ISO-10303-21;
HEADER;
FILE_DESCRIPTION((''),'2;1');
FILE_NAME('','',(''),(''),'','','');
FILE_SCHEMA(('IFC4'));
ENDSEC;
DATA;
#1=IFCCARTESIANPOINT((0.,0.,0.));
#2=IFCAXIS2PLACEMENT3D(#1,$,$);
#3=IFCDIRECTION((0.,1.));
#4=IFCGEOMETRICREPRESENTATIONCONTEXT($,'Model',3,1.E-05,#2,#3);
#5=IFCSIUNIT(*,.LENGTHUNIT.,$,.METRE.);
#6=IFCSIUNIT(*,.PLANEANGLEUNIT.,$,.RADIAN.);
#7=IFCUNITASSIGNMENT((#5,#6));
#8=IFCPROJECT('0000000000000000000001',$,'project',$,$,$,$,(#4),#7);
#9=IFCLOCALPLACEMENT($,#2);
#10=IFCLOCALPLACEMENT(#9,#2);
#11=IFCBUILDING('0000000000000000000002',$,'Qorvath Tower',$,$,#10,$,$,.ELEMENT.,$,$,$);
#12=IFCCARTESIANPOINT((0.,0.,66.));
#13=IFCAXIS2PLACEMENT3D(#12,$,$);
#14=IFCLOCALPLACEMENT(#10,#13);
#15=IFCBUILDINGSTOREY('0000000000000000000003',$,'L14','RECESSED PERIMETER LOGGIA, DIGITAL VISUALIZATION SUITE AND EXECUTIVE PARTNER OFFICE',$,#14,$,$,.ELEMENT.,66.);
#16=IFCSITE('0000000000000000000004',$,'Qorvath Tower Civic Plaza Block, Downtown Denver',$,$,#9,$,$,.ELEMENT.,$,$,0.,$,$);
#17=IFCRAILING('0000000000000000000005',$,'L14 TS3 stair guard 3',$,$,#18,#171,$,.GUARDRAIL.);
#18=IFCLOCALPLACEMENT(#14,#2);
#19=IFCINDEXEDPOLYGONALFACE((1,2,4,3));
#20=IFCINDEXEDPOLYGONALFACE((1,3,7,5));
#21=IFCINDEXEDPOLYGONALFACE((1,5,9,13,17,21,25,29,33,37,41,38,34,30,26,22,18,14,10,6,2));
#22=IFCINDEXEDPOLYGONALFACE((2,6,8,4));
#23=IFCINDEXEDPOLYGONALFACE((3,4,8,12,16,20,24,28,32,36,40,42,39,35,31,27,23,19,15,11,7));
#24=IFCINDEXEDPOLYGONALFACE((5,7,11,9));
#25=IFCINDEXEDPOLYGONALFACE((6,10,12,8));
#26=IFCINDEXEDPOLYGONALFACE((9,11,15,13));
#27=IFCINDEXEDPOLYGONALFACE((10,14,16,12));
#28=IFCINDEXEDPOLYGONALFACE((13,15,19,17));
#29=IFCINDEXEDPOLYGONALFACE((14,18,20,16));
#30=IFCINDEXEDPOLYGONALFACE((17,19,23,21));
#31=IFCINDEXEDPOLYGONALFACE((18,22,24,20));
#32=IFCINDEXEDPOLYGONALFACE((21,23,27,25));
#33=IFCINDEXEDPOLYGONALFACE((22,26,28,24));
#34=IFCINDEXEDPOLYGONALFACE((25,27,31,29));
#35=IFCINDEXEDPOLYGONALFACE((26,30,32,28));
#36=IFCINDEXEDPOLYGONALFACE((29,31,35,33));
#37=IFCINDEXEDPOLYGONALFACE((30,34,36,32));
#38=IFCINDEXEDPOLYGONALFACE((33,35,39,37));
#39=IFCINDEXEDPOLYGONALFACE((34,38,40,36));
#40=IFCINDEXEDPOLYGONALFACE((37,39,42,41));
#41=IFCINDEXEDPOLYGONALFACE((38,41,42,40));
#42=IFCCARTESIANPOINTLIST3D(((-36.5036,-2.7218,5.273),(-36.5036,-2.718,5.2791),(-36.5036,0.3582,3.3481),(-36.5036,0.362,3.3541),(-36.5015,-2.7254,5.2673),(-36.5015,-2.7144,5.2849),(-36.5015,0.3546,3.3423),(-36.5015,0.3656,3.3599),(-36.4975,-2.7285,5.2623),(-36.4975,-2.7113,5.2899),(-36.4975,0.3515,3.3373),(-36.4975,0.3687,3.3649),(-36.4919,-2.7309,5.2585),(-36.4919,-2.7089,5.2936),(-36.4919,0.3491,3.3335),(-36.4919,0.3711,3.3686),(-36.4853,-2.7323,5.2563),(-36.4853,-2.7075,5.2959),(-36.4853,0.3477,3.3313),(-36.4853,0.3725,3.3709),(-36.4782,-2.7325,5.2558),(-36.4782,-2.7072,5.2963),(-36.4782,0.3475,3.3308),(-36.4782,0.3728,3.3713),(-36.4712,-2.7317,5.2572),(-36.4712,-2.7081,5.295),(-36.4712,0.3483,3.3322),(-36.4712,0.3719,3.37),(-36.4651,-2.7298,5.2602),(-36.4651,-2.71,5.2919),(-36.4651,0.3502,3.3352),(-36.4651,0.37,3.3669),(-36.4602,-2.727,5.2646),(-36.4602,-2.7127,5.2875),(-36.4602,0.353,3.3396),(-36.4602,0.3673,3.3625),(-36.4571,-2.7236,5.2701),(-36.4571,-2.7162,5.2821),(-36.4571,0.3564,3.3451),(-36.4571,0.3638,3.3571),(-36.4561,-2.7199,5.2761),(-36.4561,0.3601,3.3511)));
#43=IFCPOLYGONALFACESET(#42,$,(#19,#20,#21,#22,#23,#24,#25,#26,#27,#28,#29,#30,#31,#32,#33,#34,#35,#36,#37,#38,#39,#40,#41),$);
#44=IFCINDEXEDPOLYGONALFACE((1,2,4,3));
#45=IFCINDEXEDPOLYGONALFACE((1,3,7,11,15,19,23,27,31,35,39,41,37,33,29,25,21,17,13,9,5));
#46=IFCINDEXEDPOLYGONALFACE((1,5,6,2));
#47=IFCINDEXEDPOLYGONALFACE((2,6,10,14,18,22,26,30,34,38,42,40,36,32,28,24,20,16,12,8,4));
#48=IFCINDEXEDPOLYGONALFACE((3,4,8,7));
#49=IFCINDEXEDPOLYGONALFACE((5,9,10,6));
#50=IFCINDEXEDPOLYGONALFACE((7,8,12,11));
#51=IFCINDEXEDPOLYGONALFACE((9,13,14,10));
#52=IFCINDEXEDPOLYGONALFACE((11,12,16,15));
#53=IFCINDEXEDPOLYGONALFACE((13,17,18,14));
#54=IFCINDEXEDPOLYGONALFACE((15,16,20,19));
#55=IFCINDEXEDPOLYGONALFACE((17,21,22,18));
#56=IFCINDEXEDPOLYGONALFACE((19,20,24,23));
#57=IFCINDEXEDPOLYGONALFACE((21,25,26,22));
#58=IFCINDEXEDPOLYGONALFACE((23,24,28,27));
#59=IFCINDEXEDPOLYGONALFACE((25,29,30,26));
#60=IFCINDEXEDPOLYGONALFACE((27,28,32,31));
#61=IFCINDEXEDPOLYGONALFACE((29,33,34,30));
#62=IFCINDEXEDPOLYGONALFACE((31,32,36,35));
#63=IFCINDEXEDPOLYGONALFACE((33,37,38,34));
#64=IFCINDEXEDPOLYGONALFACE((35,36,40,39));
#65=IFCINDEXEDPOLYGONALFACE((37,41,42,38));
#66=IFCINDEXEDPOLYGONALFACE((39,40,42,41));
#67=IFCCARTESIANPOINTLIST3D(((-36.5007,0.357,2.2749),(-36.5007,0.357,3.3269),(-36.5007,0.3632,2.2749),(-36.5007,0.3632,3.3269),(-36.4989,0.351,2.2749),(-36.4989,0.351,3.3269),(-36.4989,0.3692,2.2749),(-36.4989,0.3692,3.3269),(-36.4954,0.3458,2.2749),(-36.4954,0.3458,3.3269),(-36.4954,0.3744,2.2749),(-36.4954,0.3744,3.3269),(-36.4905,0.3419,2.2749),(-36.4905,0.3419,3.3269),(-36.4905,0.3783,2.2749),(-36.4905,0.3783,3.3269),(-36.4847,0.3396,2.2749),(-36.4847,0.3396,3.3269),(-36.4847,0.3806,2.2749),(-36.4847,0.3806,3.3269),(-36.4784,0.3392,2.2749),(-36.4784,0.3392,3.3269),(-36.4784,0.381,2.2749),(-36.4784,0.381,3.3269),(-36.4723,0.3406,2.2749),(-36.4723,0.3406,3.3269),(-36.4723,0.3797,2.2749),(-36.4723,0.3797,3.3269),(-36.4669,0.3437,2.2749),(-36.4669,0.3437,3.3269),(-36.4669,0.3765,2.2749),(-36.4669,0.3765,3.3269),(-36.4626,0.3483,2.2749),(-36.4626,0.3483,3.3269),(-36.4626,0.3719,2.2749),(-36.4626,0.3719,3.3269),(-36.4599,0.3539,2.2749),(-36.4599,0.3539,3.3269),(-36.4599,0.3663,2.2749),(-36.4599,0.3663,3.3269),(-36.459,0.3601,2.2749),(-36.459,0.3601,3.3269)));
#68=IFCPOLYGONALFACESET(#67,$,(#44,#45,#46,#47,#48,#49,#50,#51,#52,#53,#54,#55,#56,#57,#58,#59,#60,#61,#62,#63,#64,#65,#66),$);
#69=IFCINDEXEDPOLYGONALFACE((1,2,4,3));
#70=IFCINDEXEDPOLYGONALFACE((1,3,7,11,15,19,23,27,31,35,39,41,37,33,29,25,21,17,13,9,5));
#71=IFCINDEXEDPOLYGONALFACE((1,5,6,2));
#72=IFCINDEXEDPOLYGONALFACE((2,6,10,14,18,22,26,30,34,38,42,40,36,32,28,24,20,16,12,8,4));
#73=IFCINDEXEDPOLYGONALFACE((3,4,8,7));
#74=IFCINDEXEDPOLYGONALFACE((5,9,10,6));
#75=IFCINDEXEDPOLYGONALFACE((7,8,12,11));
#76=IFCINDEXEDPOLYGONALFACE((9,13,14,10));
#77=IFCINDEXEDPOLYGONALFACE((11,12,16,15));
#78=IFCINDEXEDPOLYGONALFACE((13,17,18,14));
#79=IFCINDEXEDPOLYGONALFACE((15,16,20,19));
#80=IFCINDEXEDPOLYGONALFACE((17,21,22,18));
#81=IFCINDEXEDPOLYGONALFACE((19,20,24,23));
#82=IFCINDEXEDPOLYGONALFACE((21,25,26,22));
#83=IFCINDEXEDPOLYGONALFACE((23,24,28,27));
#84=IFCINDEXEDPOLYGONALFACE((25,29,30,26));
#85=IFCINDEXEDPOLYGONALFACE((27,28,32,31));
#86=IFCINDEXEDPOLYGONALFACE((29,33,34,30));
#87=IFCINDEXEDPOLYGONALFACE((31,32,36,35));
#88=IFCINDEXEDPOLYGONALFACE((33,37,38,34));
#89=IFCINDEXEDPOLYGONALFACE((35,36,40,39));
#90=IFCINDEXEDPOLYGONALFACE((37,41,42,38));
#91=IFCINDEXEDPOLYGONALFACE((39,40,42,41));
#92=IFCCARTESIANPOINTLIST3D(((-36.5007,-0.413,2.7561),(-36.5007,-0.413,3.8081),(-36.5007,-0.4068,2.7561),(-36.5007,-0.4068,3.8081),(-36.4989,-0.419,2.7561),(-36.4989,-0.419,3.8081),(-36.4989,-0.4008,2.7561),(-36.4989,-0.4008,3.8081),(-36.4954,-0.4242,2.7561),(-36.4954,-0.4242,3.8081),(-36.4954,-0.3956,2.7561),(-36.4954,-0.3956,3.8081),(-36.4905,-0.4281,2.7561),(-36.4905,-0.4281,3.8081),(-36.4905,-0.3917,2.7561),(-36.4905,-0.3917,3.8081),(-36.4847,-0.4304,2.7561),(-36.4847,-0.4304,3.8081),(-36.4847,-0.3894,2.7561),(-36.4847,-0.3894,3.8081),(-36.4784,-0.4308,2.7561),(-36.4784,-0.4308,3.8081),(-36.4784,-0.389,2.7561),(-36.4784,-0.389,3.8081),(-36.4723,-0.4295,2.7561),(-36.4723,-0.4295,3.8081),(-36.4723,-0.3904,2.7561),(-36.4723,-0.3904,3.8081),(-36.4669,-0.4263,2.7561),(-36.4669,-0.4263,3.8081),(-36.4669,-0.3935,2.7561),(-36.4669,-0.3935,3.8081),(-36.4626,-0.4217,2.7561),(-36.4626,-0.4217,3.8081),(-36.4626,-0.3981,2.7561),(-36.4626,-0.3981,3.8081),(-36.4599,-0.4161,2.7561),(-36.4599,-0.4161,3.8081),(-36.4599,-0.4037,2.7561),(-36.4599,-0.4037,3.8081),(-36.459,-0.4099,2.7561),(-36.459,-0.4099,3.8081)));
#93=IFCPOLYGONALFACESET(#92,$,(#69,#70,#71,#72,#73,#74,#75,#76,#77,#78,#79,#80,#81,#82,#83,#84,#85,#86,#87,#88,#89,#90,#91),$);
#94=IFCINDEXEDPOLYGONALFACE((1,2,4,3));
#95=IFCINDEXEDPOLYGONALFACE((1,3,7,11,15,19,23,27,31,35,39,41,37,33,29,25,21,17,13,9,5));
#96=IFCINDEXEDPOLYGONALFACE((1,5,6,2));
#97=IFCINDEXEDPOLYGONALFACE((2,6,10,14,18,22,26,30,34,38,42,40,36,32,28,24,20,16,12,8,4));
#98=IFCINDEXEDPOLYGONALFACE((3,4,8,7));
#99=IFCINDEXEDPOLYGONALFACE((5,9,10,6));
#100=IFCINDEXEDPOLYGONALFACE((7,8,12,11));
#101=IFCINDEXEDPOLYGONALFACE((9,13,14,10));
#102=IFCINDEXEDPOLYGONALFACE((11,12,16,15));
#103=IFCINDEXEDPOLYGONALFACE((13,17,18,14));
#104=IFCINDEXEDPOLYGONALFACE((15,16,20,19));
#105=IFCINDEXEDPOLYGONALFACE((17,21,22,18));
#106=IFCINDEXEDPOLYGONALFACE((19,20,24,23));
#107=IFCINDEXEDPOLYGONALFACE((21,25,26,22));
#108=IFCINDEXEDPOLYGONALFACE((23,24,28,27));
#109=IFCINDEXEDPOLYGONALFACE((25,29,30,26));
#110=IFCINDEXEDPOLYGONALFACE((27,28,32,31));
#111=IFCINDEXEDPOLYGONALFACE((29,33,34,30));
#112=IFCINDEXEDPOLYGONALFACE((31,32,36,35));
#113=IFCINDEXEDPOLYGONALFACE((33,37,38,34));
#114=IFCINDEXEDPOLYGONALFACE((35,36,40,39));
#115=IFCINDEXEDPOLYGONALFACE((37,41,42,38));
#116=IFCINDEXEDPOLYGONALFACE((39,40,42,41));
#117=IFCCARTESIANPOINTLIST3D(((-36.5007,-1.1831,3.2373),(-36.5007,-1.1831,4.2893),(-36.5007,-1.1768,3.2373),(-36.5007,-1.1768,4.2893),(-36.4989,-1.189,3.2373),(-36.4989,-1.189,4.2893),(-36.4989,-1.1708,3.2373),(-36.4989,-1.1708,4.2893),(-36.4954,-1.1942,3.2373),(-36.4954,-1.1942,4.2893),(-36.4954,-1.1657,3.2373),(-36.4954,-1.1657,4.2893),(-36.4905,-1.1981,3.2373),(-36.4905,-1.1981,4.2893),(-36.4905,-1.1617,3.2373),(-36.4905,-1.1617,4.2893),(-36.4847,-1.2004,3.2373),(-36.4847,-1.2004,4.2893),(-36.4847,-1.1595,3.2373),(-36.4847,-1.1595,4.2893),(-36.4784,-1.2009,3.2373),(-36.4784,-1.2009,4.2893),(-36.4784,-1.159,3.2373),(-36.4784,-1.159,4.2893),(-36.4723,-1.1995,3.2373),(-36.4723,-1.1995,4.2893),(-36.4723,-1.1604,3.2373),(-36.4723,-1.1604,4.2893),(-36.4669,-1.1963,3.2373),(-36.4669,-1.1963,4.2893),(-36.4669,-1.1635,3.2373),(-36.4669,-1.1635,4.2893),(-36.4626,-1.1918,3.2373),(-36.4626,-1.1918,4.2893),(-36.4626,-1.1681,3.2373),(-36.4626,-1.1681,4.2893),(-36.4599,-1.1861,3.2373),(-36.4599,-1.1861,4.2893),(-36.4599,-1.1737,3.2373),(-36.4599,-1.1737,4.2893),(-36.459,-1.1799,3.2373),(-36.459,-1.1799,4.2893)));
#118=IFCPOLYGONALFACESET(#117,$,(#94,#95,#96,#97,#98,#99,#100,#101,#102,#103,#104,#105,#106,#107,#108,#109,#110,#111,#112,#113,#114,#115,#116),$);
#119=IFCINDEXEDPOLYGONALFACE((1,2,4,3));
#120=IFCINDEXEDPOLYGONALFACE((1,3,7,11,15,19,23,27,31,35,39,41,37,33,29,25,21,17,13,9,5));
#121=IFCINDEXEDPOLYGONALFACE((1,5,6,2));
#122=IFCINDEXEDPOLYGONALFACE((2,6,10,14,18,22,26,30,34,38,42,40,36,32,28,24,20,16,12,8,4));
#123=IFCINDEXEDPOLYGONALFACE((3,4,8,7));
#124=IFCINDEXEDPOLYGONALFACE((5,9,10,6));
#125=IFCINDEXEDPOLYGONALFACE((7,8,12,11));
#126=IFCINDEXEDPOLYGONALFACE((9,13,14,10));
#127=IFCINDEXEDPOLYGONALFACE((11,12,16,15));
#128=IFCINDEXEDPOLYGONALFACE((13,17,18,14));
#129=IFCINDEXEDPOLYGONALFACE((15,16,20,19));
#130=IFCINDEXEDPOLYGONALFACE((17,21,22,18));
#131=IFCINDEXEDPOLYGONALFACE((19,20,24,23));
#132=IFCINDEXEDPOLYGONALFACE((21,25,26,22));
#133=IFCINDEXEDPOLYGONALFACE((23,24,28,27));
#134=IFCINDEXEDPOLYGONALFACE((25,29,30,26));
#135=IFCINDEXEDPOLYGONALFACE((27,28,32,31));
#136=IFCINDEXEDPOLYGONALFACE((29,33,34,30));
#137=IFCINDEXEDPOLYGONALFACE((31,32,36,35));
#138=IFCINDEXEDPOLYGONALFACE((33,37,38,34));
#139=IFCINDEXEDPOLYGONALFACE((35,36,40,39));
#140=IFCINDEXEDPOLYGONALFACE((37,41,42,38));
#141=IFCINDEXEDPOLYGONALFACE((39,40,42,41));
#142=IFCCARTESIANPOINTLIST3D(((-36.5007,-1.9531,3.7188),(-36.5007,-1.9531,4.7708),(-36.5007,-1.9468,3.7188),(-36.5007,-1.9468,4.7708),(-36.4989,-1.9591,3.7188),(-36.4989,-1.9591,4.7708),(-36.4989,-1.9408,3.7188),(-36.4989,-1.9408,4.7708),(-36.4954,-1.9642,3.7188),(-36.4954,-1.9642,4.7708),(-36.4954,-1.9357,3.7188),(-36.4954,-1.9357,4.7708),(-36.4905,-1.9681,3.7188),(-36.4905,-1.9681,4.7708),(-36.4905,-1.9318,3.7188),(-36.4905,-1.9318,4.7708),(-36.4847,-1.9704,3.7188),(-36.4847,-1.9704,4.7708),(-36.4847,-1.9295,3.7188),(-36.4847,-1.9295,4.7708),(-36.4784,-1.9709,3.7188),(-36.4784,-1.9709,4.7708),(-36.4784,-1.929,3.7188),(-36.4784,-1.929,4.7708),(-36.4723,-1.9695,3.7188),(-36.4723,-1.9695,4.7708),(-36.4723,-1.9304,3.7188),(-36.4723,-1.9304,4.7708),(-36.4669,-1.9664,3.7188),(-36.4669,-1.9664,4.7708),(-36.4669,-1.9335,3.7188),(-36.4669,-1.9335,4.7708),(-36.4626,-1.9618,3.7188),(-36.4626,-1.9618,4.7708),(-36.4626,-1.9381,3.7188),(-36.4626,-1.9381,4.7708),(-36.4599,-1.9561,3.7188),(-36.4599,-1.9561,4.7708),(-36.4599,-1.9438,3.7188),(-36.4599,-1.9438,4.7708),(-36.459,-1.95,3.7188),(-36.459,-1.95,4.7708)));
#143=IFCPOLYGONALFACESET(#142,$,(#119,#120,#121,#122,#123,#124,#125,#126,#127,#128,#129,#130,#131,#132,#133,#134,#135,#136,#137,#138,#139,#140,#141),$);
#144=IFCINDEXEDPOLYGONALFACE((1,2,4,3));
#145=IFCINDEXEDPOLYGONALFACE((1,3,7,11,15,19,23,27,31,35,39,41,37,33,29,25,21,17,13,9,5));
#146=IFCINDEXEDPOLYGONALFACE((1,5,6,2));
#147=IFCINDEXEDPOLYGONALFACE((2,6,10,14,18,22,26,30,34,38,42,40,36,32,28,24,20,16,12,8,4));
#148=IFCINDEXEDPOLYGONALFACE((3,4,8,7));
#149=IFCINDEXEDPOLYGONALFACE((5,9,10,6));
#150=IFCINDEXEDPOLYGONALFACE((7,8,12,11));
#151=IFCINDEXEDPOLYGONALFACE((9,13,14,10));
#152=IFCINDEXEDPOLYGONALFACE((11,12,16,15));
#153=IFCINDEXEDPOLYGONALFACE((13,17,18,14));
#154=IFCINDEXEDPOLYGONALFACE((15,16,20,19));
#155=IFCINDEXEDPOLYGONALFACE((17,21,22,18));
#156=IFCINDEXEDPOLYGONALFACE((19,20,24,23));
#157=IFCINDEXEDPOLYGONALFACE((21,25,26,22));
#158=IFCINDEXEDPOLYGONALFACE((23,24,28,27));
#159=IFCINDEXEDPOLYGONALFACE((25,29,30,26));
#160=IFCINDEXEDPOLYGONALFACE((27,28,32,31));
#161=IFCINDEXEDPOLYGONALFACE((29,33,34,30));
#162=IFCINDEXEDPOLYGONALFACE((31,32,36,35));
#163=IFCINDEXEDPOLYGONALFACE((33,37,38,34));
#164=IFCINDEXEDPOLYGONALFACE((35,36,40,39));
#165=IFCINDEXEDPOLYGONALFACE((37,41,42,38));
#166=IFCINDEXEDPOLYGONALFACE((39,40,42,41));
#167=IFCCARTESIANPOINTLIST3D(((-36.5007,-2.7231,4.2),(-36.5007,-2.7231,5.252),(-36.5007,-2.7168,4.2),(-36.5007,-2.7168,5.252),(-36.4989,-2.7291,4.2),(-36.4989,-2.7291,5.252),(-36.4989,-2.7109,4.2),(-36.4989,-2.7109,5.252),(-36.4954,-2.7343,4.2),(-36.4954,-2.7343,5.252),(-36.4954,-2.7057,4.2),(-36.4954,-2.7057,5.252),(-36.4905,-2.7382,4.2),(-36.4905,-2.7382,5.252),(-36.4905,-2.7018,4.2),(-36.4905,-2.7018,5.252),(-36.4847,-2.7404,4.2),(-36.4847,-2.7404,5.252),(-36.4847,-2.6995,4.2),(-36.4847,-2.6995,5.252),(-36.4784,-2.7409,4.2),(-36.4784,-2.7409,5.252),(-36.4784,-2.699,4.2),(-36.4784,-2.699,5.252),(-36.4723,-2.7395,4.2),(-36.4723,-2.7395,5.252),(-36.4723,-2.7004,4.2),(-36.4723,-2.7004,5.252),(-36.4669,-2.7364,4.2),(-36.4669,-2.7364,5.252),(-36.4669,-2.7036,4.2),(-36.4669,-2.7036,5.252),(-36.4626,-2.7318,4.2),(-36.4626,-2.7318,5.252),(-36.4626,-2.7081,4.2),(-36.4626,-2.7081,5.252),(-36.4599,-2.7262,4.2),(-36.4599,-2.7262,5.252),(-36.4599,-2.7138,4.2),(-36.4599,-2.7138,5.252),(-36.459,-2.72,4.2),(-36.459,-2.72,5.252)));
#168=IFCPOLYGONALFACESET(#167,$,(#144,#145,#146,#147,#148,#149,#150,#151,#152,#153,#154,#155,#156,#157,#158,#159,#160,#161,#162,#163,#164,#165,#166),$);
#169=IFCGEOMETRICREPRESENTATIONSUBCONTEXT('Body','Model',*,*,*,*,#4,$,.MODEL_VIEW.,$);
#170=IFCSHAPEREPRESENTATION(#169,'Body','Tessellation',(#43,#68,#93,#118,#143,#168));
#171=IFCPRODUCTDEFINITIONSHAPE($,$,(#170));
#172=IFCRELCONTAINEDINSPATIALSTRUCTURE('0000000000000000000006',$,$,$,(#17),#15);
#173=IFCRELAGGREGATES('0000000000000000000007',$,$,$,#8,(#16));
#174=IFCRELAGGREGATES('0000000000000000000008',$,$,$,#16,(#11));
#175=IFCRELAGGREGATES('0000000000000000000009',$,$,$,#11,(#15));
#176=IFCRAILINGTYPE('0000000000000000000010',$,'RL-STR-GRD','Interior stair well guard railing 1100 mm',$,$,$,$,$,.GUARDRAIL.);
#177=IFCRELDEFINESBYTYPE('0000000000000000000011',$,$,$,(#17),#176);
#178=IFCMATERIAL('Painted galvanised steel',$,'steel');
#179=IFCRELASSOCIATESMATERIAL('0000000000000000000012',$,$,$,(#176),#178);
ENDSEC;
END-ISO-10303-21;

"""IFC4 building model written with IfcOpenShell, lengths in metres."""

from ifc_helpers import new_model, si_unit, direction, frame, origin, origin_2d, place, context, subcontext, project, spatial, circle, extrude, material, type_object, element, save


model = new_model("IFC4")

# Units and contexts
model_context = context("Model", 3, precision=1e-05, world=origin(), true_north=direction((0.0, 1.0)))
body_context = subcontext(model_context, "Body", "Model", "MODEL_VIEW")
ifc_project = project(units=[si_unit("LENGTHUNIT", "METRE"), si_unit("PLANEANGLEUNIT", "RADIAN")], contexts=[model_context])

# Site, building, storey
site_placement = place(None, origin())
site = spatial("IfcSite", under=ifc_project, at=site_placement, Name="Qorvath Tower Civic Plaza Block, Downtown Denver", CompositionType="ELEMENT", RefElevation=0.0)
building_placement = place(site_placement, origin())
building = spatial("IfcBuilding", under=site, at=building_placement, Name="Qorvath Tower", CompositionType="ELEMENT")
storey_placement = place(building_placement, frame((0.0, 0.0, 66.0)))
storey = spatial("IfcBuildingStorey", under=building, at=storey_placement, Name="L14", Description="RECESSED PERIMETER LOGGIA, DIGITAL VISUALIZATION SUITE AND EXECUTIVE PARTNER OFFICE", CompositionType="ELEMENT", Elevation=66.0)

# Railing
ifc_material_1 = material(Name="Painted galvanised steel", Category="steel")
railing_type_1 = type_object("IfcRailingType", Name="RL-STR-GRD", Description="Interior stair well guard railing 1100 mm", PredefinedType="GUARDRAIL", material=ifc_material_1)
railing_1_placement = place(storey_placement, frame((-36.48, 0.3601, 2.2749)))
element("IfcRailing", 1, at=railing_1_placement, inside=storey, type_object=railing_type_1, Name="L14 TS3 stair guard 3", PredefinedType="GUARDRAIL", context=body_context, shape_type="SweptSolid", body=[
    extrude(circle(Radius=0.0239, at=origin_2d()), frame((0.0, 0.0, 1.0762), z_axis=(0.0, -0.847998, 0.529999), x_axis=(1.0, 0.0, 0.0)), (0.0, 0.0, 1.0), 3.6321),
    extrude(circle(Radius=0.021, at=origin_2d()), origin(), (0.0, 0.0, 1.0), 1.052),
    extrude(circle(Radius=0.021, at=origin_2d()), frame((0.0, -0.77, 0.4812)), (0.0, 0.0, 1.0), 1.052),
    extrude(circle(Radius=0.021, at=origin_2d()), frame((0.0, -1.54, 0.9624)), (0.0, 0.0, 1.0), 1.052),
    extrude(circle(Radius=0.021, at=origin_2d()), frame((0.0, -2.3101, 1.4438)), (0.0, 0.0, 1.0), 1.052),
    extrude(circle(Radius=0.021, at=origin_2d()), frame((0.0, -3.0801, 1.925)), (0.0, 0.0, 1.0), 1.052),
])

save(model, "model.ifc")
